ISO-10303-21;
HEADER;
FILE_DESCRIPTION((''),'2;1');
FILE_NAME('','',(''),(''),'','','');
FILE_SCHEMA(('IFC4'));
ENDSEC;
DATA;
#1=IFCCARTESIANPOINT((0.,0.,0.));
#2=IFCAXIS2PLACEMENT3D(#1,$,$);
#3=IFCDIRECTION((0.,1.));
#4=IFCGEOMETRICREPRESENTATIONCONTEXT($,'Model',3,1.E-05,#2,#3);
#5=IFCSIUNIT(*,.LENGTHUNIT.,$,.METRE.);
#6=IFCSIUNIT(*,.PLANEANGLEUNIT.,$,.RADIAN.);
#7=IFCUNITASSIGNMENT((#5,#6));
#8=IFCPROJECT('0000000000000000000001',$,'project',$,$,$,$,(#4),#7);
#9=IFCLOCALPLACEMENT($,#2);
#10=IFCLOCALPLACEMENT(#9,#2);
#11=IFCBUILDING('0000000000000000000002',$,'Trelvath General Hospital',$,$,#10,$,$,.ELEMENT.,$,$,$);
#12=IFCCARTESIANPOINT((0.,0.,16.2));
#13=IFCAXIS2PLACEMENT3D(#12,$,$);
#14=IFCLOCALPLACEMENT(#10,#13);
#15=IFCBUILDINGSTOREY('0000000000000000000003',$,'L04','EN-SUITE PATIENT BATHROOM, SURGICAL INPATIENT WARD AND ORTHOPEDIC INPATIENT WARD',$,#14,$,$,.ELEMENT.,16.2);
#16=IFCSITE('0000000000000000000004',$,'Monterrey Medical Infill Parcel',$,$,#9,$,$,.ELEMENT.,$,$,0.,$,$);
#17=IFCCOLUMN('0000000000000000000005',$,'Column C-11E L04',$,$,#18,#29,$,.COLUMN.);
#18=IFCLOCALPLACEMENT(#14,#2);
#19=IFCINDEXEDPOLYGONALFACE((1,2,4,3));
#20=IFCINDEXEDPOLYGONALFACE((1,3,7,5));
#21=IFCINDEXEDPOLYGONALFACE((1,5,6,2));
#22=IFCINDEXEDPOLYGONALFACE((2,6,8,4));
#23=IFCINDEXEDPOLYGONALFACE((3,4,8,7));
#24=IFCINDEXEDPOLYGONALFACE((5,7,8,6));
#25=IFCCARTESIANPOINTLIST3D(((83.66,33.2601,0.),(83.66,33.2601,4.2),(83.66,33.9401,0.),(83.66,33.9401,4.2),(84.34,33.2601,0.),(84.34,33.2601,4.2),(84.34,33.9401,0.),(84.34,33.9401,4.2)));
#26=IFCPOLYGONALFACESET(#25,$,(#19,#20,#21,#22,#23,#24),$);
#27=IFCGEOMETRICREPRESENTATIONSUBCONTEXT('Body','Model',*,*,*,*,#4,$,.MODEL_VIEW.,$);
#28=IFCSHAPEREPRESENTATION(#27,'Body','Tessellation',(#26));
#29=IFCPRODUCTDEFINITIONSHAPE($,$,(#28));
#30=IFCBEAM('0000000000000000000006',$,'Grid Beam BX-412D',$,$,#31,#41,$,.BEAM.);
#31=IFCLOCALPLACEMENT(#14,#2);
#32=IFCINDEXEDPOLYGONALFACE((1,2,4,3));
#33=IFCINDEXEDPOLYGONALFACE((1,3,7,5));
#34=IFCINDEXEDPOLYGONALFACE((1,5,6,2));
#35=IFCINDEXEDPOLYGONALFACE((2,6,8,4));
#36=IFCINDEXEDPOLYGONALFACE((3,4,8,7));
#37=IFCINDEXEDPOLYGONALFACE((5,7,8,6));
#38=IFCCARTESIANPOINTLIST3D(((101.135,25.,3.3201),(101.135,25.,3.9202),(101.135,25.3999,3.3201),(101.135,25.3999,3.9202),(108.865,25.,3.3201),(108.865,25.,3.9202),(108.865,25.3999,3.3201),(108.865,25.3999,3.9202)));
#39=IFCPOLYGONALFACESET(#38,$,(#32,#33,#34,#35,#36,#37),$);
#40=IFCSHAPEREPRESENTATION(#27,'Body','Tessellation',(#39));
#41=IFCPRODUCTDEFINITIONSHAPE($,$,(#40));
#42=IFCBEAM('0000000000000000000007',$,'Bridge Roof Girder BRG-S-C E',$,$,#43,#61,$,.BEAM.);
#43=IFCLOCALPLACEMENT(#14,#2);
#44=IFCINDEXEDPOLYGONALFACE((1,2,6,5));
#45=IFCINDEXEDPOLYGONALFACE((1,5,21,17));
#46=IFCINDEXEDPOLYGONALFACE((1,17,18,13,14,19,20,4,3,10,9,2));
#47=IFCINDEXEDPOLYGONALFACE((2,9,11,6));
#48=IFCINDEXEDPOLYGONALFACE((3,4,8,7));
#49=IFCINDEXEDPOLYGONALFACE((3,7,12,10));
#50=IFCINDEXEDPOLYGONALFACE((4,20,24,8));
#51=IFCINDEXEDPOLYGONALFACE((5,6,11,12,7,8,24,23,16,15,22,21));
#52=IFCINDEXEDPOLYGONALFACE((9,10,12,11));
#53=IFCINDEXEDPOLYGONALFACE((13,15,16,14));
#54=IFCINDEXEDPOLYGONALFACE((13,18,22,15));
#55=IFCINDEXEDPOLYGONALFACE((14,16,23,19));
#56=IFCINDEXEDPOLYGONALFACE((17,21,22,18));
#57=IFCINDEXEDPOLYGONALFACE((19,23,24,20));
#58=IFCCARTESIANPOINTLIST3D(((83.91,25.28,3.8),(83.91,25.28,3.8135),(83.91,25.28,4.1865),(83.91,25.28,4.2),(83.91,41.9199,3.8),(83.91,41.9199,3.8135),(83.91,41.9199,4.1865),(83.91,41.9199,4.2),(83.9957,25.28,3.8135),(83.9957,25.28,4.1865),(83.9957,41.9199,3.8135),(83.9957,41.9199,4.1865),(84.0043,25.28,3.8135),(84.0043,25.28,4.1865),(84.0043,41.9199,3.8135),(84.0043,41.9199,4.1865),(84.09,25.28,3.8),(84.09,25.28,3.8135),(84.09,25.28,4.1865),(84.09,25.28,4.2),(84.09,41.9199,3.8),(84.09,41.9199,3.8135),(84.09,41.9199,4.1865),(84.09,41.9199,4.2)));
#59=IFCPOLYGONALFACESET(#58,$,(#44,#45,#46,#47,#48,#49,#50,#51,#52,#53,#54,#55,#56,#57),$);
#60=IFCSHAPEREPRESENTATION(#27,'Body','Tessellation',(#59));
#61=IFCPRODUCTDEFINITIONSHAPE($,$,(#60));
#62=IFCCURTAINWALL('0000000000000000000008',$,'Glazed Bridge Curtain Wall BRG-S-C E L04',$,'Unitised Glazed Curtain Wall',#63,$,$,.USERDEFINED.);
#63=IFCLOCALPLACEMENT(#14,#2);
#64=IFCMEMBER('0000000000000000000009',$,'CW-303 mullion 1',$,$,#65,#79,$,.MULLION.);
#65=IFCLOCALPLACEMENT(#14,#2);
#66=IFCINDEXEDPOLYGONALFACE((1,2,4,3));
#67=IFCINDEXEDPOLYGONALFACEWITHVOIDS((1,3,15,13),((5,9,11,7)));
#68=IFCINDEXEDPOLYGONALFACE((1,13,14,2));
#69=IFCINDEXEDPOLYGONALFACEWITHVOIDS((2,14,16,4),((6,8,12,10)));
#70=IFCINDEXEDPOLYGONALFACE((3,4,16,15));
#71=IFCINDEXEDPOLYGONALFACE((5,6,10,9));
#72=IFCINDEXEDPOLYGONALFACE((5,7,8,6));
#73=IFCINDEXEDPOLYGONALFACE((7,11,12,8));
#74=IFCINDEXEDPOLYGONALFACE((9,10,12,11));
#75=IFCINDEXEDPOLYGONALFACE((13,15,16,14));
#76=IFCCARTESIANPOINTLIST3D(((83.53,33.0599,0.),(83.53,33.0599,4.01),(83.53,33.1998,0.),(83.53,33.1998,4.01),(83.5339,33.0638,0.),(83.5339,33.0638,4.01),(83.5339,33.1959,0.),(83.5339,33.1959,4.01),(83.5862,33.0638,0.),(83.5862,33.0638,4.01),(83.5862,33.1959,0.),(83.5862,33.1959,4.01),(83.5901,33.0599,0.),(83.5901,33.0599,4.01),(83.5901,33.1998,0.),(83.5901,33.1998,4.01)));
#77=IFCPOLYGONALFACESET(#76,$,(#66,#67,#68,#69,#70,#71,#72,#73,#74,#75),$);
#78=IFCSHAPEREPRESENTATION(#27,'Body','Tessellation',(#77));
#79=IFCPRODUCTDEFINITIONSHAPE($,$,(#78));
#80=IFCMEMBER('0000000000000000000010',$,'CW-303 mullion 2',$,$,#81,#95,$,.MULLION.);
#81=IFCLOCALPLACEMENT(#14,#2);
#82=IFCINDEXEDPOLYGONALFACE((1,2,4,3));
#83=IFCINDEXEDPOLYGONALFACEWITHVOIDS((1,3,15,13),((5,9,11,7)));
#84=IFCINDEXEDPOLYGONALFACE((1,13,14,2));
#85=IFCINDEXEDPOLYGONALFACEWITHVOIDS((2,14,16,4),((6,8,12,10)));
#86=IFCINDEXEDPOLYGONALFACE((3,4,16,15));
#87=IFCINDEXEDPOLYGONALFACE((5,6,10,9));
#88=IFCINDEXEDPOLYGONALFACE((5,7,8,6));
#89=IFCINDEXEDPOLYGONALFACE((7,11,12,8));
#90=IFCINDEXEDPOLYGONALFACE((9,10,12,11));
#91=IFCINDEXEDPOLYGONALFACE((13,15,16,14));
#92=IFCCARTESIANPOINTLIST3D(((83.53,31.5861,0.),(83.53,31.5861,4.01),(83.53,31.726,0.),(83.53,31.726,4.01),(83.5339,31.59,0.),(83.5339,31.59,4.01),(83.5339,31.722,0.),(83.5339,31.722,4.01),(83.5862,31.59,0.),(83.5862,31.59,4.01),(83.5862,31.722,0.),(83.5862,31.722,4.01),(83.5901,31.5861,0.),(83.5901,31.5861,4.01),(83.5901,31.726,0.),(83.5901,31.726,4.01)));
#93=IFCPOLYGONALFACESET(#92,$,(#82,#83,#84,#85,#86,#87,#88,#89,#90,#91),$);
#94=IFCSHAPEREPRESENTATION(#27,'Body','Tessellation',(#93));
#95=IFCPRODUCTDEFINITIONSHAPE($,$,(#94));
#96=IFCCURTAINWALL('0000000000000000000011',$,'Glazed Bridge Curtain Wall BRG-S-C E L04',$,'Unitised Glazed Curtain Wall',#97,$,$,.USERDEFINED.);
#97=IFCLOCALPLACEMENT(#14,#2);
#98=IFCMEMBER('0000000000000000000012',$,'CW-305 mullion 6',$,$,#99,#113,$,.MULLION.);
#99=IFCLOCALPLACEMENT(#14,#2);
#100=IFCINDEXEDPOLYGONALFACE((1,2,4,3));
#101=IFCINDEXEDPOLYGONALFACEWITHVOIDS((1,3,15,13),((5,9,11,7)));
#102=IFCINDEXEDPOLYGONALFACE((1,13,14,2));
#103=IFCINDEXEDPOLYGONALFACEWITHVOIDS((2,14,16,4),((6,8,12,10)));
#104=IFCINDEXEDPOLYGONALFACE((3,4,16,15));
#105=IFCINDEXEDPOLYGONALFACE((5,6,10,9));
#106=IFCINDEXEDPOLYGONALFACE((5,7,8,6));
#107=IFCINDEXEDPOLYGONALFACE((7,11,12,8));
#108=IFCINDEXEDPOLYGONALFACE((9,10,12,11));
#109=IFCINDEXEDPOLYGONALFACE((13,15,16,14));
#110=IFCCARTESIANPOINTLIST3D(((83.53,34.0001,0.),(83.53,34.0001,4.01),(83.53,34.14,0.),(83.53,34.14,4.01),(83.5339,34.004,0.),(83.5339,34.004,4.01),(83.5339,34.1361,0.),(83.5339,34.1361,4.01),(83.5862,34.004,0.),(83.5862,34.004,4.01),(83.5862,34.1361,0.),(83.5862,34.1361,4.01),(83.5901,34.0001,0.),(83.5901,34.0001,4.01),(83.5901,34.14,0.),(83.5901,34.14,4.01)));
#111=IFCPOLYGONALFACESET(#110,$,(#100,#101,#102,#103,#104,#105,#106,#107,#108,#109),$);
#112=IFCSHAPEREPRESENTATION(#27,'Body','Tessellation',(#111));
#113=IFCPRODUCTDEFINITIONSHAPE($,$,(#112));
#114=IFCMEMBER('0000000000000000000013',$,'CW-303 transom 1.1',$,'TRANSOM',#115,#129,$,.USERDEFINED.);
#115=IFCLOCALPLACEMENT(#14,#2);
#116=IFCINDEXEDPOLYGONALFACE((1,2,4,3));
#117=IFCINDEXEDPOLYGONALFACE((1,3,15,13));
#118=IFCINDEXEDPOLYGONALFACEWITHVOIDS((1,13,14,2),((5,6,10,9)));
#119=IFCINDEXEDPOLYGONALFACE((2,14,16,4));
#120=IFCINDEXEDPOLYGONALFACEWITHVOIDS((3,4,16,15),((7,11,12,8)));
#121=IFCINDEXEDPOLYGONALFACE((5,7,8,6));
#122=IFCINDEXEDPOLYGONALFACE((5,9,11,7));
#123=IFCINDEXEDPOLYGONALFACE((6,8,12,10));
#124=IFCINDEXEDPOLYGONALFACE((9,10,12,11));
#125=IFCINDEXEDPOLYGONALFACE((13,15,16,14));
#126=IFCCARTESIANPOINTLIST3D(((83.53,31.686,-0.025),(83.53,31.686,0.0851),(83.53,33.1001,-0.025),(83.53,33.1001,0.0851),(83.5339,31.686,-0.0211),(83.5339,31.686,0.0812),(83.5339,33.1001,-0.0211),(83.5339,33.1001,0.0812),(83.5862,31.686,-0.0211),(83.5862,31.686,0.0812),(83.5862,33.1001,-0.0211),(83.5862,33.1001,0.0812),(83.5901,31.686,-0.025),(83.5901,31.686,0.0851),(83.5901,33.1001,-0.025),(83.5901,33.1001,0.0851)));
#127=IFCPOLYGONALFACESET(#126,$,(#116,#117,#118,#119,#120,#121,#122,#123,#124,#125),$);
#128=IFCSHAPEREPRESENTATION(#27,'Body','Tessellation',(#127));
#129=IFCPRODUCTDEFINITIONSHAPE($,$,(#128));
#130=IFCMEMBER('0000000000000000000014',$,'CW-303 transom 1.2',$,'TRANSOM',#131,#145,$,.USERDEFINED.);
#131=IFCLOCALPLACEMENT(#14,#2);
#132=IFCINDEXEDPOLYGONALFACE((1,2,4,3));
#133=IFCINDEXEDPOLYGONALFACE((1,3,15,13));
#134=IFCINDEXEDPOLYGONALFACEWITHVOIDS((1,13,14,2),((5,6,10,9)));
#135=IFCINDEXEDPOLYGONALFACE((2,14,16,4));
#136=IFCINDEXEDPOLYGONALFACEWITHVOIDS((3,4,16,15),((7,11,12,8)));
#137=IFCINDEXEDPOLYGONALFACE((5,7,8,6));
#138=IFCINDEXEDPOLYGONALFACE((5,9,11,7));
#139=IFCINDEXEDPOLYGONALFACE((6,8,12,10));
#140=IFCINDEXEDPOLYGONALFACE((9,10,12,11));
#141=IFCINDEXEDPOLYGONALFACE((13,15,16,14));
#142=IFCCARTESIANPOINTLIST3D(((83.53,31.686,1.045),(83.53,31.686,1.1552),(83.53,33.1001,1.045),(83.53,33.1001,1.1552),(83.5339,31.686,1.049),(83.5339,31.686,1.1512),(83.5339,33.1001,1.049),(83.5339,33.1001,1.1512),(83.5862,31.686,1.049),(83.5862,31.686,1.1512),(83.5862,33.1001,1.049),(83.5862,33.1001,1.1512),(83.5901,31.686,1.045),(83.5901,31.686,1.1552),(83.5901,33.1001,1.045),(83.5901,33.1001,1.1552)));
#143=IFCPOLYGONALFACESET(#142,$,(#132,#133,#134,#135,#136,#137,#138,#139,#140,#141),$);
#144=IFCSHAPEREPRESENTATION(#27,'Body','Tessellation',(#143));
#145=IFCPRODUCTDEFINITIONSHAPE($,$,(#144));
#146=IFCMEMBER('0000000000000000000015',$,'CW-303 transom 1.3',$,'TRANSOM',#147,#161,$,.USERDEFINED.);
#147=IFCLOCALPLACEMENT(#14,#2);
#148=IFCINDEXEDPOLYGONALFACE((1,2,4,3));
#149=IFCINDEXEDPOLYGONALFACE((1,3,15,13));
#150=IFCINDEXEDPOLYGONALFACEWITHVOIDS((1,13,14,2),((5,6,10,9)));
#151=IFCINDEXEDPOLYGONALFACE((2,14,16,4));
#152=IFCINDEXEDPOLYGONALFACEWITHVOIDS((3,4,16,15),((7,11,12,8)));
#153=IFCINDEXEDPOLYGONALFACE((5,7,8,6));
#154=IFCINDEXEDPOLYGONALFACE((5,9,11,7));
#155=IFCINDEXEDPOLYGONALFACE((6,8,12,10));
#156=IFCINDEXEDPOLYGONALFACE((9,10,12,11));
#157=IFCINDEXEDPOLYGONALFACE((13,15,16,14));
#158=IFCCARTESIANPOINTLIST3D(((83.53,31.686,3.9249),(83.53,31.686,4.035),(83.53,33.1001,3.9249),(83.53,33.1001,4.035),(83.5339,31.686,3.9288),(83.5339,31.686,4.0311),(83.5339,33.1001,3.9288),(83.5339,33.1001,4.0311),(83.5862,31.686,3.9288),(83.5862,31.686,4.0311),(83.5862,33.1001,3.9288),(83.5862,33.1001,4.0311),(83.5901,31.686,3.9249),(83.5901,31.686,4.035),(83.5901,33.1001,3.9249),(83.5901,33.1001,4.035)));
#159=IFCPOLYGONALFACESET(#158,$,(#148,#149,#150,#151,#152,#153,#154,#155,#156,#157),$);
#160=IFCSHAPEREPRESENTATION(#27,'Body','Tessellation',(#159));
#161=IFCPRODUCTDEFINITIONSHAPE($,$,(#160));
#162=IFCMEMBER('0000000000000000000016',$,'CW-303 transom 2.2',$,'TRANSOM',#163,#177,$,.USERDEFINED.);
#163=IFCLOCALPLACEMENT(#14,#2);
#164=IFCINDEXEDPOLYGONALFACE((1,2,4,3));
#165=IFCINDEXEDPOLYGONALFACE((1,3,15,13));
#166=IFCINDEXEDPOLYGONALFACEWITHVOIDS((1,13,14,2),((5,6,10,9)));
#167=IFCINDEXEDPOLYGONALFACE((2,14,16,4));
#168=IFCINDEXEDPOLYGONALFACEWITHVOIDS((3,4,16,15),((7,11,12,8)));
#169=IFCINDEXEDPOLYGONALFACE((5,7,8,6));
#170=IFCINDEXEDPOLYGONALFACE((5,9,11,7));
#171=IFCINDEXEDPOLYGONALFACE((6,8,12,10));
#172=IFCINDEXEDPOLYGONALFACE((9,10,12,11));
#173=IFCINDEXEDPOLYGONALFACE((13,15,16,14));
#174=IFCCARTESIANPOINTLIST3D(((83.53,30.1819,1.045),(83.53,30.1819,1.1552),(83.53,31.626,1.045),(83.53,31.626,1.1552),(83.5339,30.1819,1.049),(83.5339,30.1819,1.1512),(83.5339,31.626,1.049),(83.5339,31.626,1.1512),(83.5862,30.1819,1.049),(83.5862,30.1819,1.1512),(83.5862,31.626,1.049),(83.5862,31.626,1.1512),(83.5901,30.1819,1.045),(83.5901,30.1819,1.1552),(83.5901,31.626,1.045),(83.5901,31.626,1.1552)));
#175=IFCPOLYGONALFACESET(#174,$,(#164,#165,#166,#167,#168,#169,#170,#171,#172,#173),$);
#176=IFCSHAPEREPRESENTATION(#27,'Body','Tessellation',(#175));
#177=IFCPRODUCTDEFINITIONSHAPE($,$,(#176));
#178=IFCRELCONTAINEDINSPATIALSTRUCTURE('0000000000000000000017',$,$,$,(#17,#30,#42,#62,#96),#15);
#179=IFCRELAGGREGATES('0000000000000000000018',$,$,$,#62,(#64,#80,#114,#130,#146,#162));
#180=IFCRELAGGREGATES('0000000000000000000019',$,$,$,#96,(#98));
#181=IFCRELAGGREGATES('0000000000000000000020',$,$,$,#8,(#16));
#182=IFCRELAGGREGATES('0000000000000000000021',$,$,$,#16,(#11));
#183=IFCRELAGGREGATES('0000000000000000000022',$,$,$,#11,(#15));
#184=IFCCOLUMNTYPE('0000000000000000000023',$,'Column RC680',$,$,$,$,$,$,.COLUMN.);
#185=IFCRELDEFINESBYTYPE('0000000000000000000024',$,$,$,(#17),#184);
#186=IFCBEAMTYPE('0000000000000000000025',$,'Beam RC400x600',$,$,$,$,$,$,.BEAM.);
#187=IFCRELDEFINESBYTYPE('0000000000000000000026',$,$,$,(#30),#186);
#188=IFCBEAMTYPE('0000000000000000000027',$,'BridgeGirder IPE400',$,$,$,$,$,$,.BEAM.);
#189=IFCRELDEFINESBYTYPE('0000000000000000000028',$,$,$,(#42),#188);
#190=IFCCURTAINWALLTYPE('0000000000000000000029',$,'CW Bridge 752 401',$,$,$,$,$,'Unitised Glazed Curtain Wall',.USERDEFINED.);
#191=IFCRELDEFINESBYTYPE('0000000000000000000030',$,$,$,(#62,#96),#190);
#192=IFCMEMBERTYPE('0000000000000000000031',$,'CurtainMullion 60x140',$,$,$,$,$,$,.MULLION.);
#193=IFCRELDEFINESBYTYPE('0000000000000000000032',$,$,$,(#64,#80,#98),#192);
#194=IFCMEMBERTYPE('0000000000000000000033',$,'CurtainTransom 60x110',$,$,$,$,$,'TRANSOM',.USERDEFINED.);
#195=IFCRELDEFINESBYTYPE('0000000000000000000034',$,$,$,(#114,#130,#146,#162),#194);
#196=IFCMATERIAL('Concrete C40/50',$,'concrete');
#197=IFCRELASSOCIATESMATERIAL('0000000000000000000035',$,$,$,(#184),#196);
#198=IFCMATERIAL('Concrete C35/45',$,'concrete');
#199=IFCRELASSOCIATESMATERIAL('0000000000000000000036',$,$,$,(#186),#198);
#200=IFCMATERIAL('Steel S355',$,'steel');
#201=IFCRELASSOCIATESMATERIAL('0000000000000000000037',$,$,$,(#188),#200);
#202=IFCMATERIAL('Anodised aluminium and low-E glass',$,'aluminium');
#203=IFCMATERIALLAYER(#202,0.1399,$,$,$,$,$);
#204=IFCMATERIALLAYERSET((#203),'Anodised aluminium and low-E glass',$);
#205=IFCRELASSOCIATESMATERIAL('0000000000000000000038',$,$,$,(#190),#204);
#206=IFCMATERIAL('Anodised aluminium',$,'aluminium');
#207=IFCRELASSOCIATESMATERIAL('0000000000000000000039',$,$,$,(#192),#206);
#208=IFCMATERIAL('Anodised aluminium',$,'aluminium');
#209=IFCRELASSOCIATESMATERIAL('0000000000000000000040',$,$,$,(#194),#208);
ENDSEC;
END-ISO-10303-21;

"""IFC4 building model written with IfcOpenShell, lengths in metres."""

from ifc_helpers import new_model, si_unit, direction, frame, origin, origin_2d, place, context, subcontext, project, spatial, rectangle, hollow_rectangle, i_section, extrude, material, layer, layer_set, material_profile, profile_set, type_object, element, aggregate, save


model = new_model("IFC4")

# Units and contexts
model_context = context("Model", 3, precision=1e-05, world=origin(), true_north=direction((0.0, 1.0)))
body_context = subcontext(model_context, "Body", "Model", "MODEL_VIEW")
ifc_project = project(units=[si_unit("LENGTHUNIT", "METRE"), si_unit("PLANEANGLEUNIT", "RADIAN")], contexts=[model_context])

# Site, building, storey
site_placement = place(None, origin())
site = spatial("IfcSite", under=ifc_project, at=site_placement, Name="Monterrey Medical Infill Parcel", CompositionType="ELEMENT", RefElevation=0.0)
building_placement = place(site_placement, origin())
building = spatial("IfcBuilding", under=site, at=building_placement, Name="Trelvath General Hospital", CompositionType="ELEMENT")
storey_placement = place(building_placement, frame((0.0, 0.0, 16.2)))
storey = spatial("IfcBuildingStorey", under=building, at=storey_placement, Name="L04", Description="EN-SUITE PATIENT BATHROOM, SURGICAL INPATIENT WARD AND ORTHOPEDIC INPATIENT WARD", CompositionType="ELEMENT", Elevation=16.2)

# Column
ifc_material_1 = material(Name="Concrete C40/50", Category="concrete")
ifc_material_profile_1 = material_profile(ifc_material_1, rectangle(XDim=0.6799, YDim=0.6799, at=origin_2d()), Name="RC680x680")
ifc_profile_set_1 = profile_set([ifc_material_profile_1], Name="Concrete C40/50")
column_type = type_object("IfcColumnType", Name="Column RC680", PredefinedType="COLUMN", material=ifc_profile_set_1)
column_placement = place(storey_placement, frame((84.0, 33.6001, 0.0), z_axis=(0.0, 0.0, 1.0), x_axis=(1.0, 0.0, 0.0)))
element("IfcColumn", 1, at=column_placement, inside=storey, type_object=column_type, Name="Column C-11E L04", PredefinedType="COLUMN", context=body_context, shape_type="SweptSolid", body=[
    extrude(rectangle(XDim=0.6799, YDim=0.6799, at=origin_2d()), origin(), (0.0, 0.0, 1.0), 4.2),
])

# Beams
ifc_material_2 = material(Name="Concrete C35/45", Category="concrete")
ifc_material_profile_2 = material_profile(ifc_material_2, rectangle(XDim=0.3999, YDim=0.6001, at=origin_2d()), Name="RCB400x600")
ifc_profile_set_2 = profile_set([ifc_material_profile_2], Name="Concrete C35/45")
beam_type_1 = type_object("IfcBeamType", Name="Beam RC400x600", PredefinedType="BEAM", material=ifc_profile_set_2)
beam_1_placement = place(storey_placement, frame((101.135, 25.2, 3.6201), z_axis=(1.0, 0.0, 0.0), x_axis=(0.0, 1.0, 0.0)))
element("IfcBeam", 2, at=beam_1_placement, inside=storey, type_object=beam_type_1, Name="Grid Beam BX-412D", PredefinedType="BEAM", context=body_context, shape_type="SweptSolid", body=[
    extrude(rectangle(XDim=0.3999, YDim=0.6001, at=origin_2d()), origin(), (0.0, 0.0, 1.0), 7.73),
])
ifc_material_3 = material(Name="Steel S355", Category="steel")
ifc_material_profile_3 = material_profile(ifc_material_3, i_section(OverallWidth=0.1799, OverallDepth=0.3999, WebThickness=0.0085, FlangeThickness=0.0134, at=origin_2d()), Name="IPE400")
ifc_profile_set_3 = profile_set([ifc_material_profile_3], Name="Steel S355")
beam_type_2 = type_object("IfcBeamType", Name="BridgeGirder IPE400", PredefinedType="BEAM", material=ifc_profile_set_3)
beam_2_placement = place(storey_placement, frame((84.0, 25.28, 4.0), z_axis=(0.0, 1.0, 0.0), x_axis=(-1.0, 0.0, 0.0)))
element("IfcBeam", 3, at=beam_2_placement, inside=storey, type_object=beam_type_2, Name="Bridge Roof Girder BRG-S-C E", PredefinedType="BEAM", context=body_context, shape_type="SweptSolid", body=[
    extrude(i_section(OverallWidth=0.1799, OverallDepth=0.3999, WebThickness=0.0085, FlangeThickness=0.0134, at=origin_2d()), origin(), (0.0, 0.0, 1.0), 16.6399),
])

# Curtain wall, members
ifc_material_4 = material(Name="Anodised aluminium and low-E glass", Category="aluminium")
ifc_layer_1 = layer(ifc_material_4, 0.1399)
ifc_layer_set_1 = layer_set([ifc_layer_1], Name="Anodised aluminium and low-E glass")
curtain_wall_type = type_object("IfcCurtainWallType", Name="CW Bridge 752 401", ElementType="Unitised Glazed Curtain Wall", PredefinedType="USERDEFINED", material=ifc_layer_set_1)
curtain_wall_1_placement = place(storey_placement, origin())
curtain_wall_1 = element("IfcCurtainWall", 4, at=curtain_wall_1_placement, inside=storey, type_object=curtain_wall_type, Name="Glazed Bridge Curtain Wall BRG-S-C E L04", ObjectType="Unitised Glazed Curtain Wall", PredefinedType="USERDEFINED")
ifc_material_5 = material(Name="Anodised aluminium", Category="aluminium")
ifc_material_profile_4 = material_profile(ifc_material_5, hollow_rectangle(XDim=0.0601, YDim=0.1399, WallThickness=0.0039, at=origin_2d()), Name="RHS60x140x4")
ifc_profile_set_4 = profile_set([ifc_material_profile_4], Name="Anodised aluminium")
member_type_1 = type_object("IfcMemberType", Name="CurtainMullion 60x140", PredefinedType="MULLION", material=ifc_profile_set_4)
member_1_placement = place(storey_placement, frame((83.5601, 33.1299, 0.0), z_axis=(0.0, 0.0, 1.0), x_axis=(1.0, 0.0, 0.0)))
member_1 = element("IfcMember", 5, at=member_1_placement, type_object=member_type_1, Name="CW-303 mullion 1", PredefinedType="MULLION", context=body_context, shape_type="SweptSolid", body=[
    extrude(hollow_rectangle(XDim=0.0601, YDim=0.1399, WallThickness=0.0039, at=origin_2d()), origin(), (0.0, 0.0, 1.0), 4.01),
])
member_2_placement = place(storey_placement, frame((83.5601, 31.656, 0.0), z_axis=(0.0, 0.0, 1.0), x_axis=(1.0, 0.0, 0.0)))
member_2 = element("IfcMember", 6, at=member_2_placement, type_object=member_type_1, Name="CW-303 mullion 2", PredefinedType="MULLION", context=body_context, shape_type="SweptSolid", body=[
    extrude(hollow_rectangle(XDim=0.0601, YDim=0.1399, WallThickness=0.0039, at=origin_2d()), origin(), (0.0, 0.0, 1.0), 4.01),
])

# Curtain wall, member
curtain_wall_2_placement = place(storey_placement, origin())
curtain_wall_2 = element("IfcCurtainWall", 7, at=curtain_wall_2_placement, inside=storey, type_object=curtain_wall_type, Name="Glazed Bridge Curtain Wall BRG-S-C E L04", ObjectType="Unitised Glazed Curtain Wall", PredefinedType="USERDEFINED")
member_3_placement = place(storey_placement, frame((83.5601, 34.0701, 0.0), z_axis=(0.0, 0.0, 1.0), x_axis=(1.0, 0.0, 0.0)))
member_3 = element("IfcMember", 8, at=member_3_placement, type_object=member_type_1, Name="CW-305 mullion 6", PredefinedType="MULLION", context=body_context, shape_type="SweptSolid", body=[
    extrude(hollow_rectangle(XDim=0.0601, YDim=0.1399, WallThickness=0.0039, at=origin_2d()), origin(), (0.0, 0.0, 1.0), 4.01),
])

# Members
ifc_material_6 = material(Name="Anodised aluminium", Category="aluminium")
ifc_material_profile_5 = material_profile(ifc_material_6, hollow_rectangle(XDim=0.0601, YDim=0.1101, WallThickness=0.0039, at=origin_2d()), Name="RHS60x110x4")
ifc_profile_set_5 = profile_set([ifc_material_profile_5], Name="Anodised aluminium")
member_type_2 = type_object("IfcMemberType", Name="CurtainTransom 60x110", ElementType="TRANSOM", PredefinedType="USERDEFINED", material=ifc_profile_set_5)
member_4_placement = place(storey_placement, frame((83.5601, 33.1001, 0.03), z_axis=(0.0, -1.0, 0.0), x_axis=(1.0, 0.0, 0.0)))
member_4 = element("IfcMember", 9, at=member_4_placement, type_object=member_type_2, Name="CW-303 transom 1.1", ObjectType="TRANSOM", PredefinedType="USERDEFINED", context=body_context, shape_type="SweptSolid", body=[
    extrude(hollow_rectangle(XDim=0.0601, YDim=0.1101, WallThickness=0.0039, at=origin_2d()), origin(), (0.0, 0.0, 1.0), 1.4141),
])
member_5_placement = place(storey_placement, frame((83.5601, 33.1001, 1.1001), z_axis=(0.0, -1.0, 0.0), x_axis=(1.0, 0.0, 0.0)))
member_5 = element("IfcMember", 10, at=member_5_placement, type_object=member_type_2, Name="CW-303 transom 1.2", ObjectType="TRANSOM", PredefinedType="USERDEFINED", context=body_context, shape_type="SweptSolid", body=[
    extrude(hollow_rectangle(XDim=0.0601, YDim=0.1101, WallThickness=0.0039, at=origin_2d()), origin(), (0.0, 0.0, 1.0), 1.4141),
])
member_6_placement = place(storey_placement, frame((83.5601, 33.1001, 3.98), z_axis=(0.0, -1.0, 0.0), x_axis=(1.0, 0.0, 0.0)))
member_6 = element("IfcMember", 11, at=member_6_placement, type_object=member_type_2, Name="CW-303 transom 1.3", ObjectType="TRANSOM", PredefinedType="USERDEFINED", context=body_context, shape_type="SweptSolid", body=[
    extrude(hollow_rectangle(XDim=0.0601, YDim=0.1101, WallThickness=0.0039, at=origin_2d()), origin(), (0.0, 0.0, 1.0), 1.4141),
])
member_7_placement = place(storey_placement, frame((83.5601, 31.626, 1.1001), z_axis=(0.0, -1.0, 0.0), x_axis=(1.0, 0.0, 0.0)))
member_7 = element("IfcMember", 12, at=member_7_placement, type_object=member_type_2, Name="CW-303 transom 2.2", ObjectType="TRANSOM", PredefinedType="USERDEFINED", context=body_context, shape_type="SweptSolid", body=[
    extrude(hollow_rectangle(XDim=0.0601, YDim=0.1101, WallThickness=0.0039, at=origin_2d()), origin(), (0.0, 0.0, 1.0), 1.4441),
])

aggregate(curtain_wall_1, [member_1, member_2, member_4, member_5, member_6, member_7])
aggregate(curtain_wall_2, [member_3])

save(model, "model.ifc")
